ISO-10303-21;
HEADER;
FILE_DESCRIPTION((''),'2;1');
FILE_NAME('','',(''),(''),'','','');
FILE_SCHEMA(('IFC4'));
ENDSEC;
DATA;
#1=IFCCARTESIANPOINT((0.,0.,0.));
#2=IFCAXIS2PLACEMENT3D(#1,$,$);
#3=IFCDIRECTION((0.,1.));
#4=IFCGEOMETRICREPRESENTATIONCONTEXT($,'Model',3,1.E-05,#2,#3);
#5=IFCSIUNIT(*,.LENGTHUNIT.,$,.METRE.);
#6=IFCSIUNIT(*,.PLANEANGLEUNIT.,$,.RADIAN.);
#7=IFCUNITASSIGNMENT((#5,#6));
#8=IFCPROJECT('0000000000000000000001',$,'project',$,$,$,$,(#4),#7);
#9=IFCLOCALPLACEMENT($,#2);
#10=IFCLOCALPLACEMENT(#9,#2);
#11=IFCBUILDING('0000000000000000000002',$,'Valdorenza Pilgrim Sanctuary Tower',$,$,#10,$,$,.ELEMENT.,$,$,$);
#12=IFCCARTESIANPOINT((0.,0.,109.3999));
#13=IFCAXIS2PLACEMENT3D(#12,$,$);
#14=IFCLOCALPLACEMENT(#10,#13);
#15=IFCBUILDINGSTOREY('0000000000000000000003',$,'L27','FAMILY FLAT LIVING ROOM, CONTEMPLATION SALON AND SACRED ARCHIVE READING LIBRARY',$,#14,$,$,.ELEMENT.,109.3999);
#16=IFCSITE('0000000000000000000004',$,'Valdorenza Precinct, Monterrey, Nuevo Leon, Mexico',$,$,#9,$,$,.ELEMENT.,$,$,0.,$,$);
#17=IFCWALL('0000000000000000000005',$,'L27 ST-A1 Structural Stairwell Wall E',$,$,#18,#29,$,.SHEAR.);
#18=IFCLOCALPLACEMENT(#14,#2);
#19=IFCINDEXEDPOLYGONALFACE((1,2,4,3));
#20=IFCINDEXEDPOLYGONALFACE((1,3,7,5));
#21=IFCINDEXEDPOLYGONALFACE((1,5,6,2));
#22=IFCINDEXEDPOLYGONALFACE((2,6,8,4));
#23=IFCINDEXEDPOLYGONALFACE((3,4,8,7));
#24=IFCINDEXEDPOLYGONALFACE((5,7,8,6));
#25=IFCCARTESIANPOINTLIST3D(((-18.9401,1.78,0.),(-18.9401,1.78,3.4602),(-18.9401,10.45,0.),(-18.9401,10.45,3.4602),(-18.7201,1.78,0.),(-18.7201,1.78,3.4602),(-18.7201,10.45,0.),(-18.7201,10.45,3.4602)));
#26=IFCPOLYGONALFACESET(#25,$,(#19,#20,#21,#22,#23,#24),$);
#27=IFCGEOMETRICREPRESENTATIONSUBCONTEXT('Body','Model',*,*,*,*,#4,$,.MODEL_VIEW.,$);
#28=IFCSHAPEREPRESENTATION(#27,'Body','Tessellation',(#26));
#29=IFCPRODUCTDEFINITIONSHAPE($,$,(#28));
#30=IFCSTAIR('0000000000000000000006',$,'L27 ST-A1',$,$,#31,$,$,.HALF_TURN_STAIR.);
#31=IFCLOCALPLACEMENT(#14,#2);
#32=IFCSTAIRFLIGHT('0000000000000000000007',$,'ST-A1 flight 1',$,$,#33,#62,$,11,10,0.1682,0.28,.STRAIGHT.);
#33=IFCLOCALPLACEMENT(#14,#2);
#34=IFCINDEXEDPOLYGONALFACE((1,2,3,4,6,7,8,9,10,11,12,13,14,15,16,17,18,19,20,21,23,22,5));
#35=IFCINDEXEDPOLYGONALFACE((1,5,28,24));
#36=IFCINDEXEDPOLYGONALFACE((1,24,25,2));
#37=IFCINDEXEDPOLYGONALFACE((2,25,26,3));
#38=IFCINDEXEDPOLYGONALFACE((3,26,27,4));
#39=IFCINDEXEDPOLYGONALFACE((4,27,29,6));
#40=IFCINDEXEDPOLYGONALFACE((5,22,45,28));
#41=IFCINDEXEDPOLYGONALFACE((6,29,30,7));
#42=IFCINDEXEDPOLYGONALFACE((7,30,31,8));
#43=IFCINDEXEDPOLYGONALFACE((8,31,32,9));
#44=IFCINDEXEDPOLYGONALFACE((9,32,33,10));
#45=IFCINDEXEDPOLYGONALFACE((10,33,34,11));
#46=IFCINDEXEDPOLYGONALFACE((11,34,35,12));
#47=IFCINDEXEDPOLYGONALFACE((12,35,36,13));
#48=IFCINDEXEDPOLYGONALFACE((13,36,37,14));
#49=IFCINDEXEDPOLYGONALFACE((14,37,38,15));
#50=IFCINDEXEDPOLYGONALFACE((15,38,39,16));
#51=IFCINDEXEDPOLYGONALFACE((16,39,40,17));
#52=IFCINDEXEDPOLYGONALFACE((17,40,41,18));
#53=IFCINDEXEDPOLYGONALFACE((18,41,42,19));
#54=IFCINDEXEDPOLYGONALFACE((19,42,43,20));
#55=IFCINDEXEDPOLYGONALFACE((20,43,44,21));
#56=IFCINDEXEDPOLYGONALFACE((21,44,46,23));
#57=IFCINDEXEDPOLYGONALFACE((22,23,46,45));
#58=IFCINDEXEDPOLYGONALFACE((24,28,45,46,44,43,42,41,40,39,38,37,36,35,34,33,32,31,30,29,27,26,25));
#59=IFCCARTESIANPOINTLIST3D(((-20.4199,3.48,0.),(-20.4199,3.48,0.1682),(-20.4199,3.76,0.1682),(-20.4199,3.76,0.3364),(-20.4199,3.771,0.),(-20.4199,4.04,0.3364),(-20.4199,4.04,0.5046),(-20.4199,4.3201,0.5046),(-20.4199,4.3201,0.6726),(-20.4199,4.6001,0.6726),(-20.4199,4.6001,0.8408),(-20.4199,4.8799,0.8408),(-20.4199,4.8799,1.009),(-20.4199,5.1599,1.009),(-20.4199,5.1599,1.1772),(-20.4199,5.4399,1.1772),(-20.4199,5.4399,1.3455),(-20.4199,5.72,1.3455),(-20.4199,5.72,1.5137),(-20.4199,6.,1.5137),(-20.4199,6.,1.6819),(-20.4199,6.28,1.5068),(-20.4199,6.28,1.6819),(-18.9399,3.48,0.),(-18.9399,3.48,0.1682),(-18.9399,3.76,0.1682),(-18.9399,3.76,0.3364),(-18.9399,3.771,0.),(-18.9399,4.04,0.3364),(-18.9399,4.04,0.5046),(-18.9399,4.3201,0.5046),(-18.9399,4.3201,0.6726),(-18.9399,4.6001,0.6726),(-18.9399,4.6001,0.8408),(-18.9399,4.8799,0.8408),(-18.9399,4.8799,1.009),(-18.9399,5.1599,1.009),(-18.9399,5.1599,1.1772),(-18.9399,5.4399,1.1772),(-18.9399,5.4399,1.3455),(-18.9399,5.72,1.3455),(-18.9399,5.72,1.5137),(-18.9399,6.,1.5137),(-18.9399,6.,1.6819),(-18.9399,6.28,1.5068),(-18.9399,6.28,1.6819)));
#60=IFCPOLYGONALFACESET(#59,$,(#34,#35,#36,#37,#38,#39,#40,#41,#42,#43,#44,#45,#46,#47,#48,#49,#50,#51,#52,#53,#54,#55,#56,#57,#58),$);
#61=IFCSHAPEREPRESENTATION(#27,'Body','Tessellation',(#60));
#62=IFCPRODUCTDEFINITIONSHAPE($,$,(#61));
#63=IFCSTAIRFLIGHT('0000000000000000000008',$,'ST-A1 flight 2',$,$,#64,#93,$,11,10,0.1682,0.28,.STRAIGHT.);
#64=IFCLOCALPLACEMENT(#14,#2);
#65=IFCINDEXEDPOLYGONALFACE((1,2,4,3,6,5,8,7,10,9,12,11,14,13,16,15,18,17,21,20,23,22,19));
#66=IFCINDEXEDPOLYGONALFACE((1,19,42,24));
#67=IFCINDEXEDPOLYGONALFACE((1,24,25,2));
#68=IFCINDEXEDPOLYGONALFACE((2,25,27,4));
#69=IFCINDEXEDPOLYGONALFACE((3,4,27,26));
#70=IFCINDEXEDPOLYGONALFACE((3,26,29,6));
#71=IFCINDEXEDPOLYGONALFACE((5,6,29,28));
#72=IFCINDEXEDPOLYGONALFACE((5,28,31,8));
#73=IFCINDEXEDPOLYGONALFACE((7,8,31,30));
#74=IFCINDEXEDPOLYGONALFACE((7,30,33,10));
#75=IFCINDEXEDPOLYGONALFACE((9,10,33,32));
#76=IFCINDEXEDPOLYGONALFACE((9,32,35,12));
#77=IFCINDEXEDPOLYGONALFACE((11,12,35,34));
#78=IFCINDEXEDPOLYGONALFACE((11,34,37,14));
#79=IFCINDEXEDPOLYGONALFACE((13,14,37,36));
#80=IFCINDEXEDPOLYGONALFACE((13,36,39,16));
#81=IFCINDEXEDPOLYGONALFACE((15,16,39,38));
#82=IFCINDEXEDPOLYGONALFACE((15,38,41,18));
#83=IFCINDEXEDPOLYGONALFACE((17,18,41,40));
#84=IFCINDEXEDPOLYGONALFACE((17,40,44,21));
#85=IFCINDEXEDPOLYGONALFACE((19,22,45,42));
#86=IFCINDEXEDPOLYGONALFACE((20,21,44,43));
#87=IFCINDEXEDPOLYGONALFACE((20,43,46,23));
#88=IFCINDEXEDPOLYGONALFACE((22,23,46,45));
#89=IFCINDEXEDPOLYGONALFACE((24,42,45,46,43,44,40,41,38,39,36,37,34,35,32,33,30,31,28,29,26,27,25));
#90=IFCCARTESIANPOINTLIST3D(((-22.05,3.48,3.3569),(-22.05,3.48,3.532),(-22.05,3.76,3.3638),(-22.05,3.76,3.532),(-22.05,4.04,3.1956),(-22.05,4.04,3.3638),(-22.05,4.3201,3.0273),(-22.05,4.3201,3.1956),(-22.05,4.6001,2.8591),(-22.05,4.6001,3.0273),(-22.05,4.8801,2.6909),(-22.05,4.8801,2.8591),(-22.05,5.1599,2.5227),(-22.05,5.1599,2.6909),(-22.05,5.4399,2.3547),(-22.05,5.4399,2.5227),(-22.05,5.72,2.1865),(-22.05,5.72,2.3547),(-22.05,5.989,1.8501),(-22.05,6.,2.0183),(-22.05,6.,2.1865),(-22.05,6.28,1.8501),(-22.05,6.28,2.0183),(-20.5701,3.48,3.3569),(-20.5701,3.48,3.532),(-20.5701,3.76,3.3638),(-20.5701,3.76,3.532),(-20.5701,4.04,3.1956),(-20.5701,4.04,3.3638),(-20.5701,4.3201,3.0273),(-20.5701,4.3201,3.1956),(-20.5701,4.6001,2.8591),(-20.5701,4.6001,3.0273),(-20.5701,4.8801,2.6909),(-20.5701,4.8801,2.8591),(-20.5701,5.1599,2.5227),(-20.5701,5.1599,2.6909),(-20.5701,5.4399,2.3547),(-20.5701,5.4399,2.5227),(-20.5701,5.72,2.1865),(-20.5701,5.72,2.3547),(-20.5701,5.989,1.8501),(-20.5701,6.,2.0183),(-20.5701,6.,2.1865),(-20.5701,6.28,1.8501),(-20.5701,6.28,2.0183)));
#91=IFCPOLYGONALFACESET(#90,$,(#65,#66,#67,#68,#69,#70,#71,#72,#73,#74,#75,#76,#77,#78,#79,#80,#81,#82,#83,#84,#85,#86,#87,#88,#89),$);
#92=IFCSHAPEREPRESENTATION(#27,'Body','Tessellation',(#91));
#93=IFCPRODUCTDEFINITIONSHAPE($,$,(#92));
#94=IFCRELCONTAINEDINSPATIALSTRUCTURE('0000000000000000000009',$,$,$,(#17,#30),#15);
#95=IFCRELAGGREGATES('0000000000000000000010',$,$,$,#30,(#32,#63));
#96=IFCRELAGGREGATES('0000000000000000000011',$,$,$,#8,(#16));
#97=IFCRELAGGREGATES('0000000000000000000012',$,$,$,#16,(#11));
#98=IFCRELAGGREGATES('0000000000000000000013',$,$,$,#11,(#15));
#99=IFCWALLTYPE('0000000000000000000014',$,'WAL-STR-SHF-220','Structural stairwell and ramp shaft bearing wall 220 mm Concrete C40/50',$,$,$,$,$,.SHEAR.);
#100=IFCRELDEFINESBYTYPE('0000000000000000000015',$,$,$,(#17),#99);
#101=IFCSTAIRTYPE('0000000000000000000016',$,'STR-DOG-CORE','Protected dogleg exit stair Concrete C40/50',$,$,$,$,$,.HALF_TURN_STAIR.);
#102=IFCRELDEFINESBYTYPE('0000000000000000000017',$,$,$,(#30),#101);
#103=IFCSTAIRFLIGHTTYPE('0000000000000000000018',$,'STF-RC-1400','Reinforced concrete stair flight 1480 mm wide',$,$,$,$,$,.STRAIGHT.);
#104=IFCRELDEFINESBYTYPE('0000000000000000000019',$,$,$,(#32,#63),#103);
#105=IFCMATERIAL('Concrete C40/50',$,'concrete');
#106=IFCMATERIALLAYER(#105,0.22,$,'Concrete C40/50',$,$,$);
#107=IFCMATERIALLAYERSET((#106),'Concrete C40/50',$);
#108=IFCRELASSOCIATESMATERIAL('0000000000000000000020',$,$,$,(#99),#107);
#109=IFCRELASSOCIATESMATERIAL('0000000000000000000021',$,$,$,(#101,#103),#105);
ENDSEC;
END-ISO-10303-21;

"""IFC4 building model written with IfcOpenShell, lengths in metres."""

from ifc_helpers import new_model, si_unit, direction, frame, frame_2d, origin, place, context, subcontext, project, spatial, polyline, rectangle, outline, extrude, material, layer, layer_set, type_object, element, aggregate, save


model = new_model("IFC4")

# Units and contexts
model_context = context("Model", 3, precision=1e-05, world=origin(), true_north=direction((0.0, 1.0)))
body_context = subcontext(model_context, "Body", "Model", "MODEL_VIEW")
ifc_project = project(units=[si_unit("LENGTHUNIT", "METRE"), si_unit("PLANEANGLEUNIT", "RADIAN")], contexts=[model_context])

# Site, building, storey
site_placement = place(None, origin())
site = spatial("IfcSite", under=ifc_project, at=site_placement, Name="Valdorenza Precinct, Monterrey, Nuevo Leon, Mexico", CompositionType="ELEMENT", RefElevation=0.0)
building_placement = place(site_placement, origin())
building = spatial("IfcBuilding", under=site, at=building_placement, Name="Valdorenza Pilgrim Sanctuary Tower", CompositionType="ELEMENT")
storey_placement = place(building_placement, frame((0.0, 0.0, 109.3999)))
storey = spatial("IfcBuildingStorey", under=building, at=storey_placement, Name="L27", Description="FAMILY FLAT LIVING ROOM, CONTEMPLATION SALON AND SACRED ARCHIVE READING LIBRARY", CompositionType="ELEMENT", Elevation=109.3999)

# Wall
ifc_material_1 = material(Name="Concrete C40/50", Category="concrete")
ifc_layer_1 = layer(ifc_material_1, 0.22, Name="Concrete C40/50")
ifc_layer_set_1 = layer_set([ifc_layer_1], Name="Concrete C40/50")
wall_type_1 = type_object("IfcWallType", Name="WAL-STR-SHF-220", Description="Structural stairwell and ramp shaft bearing wall 220 mm Concrete C40/50", PredefinedType="SHEAR", material=ifc_layer_set_1)
for number, where, z_axis, x_axis, name in (
    (1, (-18.8301, 1.78, 0.0), (0.0, 0.0, 1.0), (0.0, 1.0, 0.0), "L27 ST-A1 Structural Stairwell Wall E"),
):
    element("IfcWall", number, at=place(storey_placement, frame(where, z_axis=z_axis, x_axis=x_axis)), inside=storey, type_object=wall_type_1, Name=name, PredefinedType="SHEAR", context=body_context, shape_type="SweptSolid", body=[
        extrude(rectangle(XDim=8.6699, YDim=0.22, at=frame_2d((4.335, 0.0))), origin(), (0.0, 0.0, 1.0), 3.4602),
    ])

# Stair, stair flights
stair_type = type_object("IfcStairType", Name="STR-DOG-CORE", Description="Protected dogleg exit stair Concrete C40/50", PredefinedType="HALF_TURN_STAIR", material=ifc_material_1)
stair_placement = place(storey_placement, origin())
stair = element("IfcStair", 2, at=stair_placement, inside=storey, type_object=stair_type, Name="L27 ST-A1", PredefinedType="HALF_TURN_STAIR")
stair_flight_type = type_object("IfcStairFlightType", Name="STF-RC-1400", Description="Reinforced concrete stair flight 1480 mm wide", PredefinedType="STRAIGHT", material=ifc_material_1)
stair_flight_1_placement = place(storey_placement, frame((-19.6799, 3.48, 0.0), z_axis=(0.0, 0.0, 1.0), x_axis=(0.0, 1.0, 0.0)))
stair_flight_1 = element("IfcStairFlight", 3, at=stair_flight_1_placement, type_object=stair_flight_type, Name="ST-A1 flight 1", NumberOfRisers=11, NumberOfTreads=10, PredefinedType="STRAIGHT", RiserHeight=0.1682, TreadLength=0.28, context=body_context, shape_type="SweptSolid", body=[
    extrude(outline(polyline([(0.0, 0.0), (0.0, 0.1682), (0.28, 0.1682), (0.28, 0.3364), (0.5601, 0.3364), (0.5601, 0.5046), (0.8401, 0.5046), (0.8401, 0.6726), (1.1201, 0.6726), (1.1201, 0.8408), (1.3999, 0.8408), (1.3999, 1.009), (1.6799, 1.009), (1.6799, 1.1772), (1.96, 1.1772), (1.96, 1.3455), (2.24, 1.3455), (2.24, 1.5137), (2.52, 1.5137), (2.52, 1.6819), (2.8, 1.6819), (2.8, 1.8501), (2.8, 1.5068), (0.291, 0.0), (0.0, 0.0)])), frame((0.0, 0.74, 0.0), z_axis=(0.0, -1.0, 0.0), x_axis=(1.0, 0.0, 0.0)), (0.0, 0.0, 1.0), 1.48),
])
stair_flight_2_placement = place(storey_placement, frame((-21.3101, 6.28, 1.8501), z_axis=(0.0, 0.0, 1.0), x_axis=(0.0, -1.0, 0.0)))
stair_flight_2 = element("IfcStairFlight", 4, at=stair_flight_2_placement, type_object=stair_flight_type, Name="ST-A1 flight 2", NumberOfRisers=11, NumberOfTreads=10, PredefinedType="STRAIGHT", RiserHeight=0.1682, TreadLength=0.28, context=body_context, shape_type="SweptSolid", body=[
    extrude(outline(polyline([(0.0, 0.0), (0.0, 0.1682), (0.28, 0.1682), (0.28, 0.3364), (0.5601, 0.3364), (0.5601, 0.5046), (0.8401, 0.5046), (0.8401, 0.6726), (1.1201, 0.6726), (1.1201, 0.8408), (1.3999, 0.8408), (1.3999, 1.009), (1.6799, 1.009), (1.6799, 1.1772), (1.96, 1.1772), (1.96, 1.3455), (2.24, 1.3455), (2.24, 1.5137), (2.52, 1.5137), (2.52, 1.6819), (2.8, 1.6819), (2.8, 1.8501), (2.8, 1.5068), (0.291, 0.0), (0.0, 0.0)])), frame((0.0, 0.74, 0.0), z_axis=(0.0, -1.0, 0.0), x_axis=(1.0, 0.0, 0.0)), (0.0, 0.0, 1.0), 1.48),
])
aggregate(stair, [stair_flight_1, stair_flight_2])

save(model, "model.ifc")
